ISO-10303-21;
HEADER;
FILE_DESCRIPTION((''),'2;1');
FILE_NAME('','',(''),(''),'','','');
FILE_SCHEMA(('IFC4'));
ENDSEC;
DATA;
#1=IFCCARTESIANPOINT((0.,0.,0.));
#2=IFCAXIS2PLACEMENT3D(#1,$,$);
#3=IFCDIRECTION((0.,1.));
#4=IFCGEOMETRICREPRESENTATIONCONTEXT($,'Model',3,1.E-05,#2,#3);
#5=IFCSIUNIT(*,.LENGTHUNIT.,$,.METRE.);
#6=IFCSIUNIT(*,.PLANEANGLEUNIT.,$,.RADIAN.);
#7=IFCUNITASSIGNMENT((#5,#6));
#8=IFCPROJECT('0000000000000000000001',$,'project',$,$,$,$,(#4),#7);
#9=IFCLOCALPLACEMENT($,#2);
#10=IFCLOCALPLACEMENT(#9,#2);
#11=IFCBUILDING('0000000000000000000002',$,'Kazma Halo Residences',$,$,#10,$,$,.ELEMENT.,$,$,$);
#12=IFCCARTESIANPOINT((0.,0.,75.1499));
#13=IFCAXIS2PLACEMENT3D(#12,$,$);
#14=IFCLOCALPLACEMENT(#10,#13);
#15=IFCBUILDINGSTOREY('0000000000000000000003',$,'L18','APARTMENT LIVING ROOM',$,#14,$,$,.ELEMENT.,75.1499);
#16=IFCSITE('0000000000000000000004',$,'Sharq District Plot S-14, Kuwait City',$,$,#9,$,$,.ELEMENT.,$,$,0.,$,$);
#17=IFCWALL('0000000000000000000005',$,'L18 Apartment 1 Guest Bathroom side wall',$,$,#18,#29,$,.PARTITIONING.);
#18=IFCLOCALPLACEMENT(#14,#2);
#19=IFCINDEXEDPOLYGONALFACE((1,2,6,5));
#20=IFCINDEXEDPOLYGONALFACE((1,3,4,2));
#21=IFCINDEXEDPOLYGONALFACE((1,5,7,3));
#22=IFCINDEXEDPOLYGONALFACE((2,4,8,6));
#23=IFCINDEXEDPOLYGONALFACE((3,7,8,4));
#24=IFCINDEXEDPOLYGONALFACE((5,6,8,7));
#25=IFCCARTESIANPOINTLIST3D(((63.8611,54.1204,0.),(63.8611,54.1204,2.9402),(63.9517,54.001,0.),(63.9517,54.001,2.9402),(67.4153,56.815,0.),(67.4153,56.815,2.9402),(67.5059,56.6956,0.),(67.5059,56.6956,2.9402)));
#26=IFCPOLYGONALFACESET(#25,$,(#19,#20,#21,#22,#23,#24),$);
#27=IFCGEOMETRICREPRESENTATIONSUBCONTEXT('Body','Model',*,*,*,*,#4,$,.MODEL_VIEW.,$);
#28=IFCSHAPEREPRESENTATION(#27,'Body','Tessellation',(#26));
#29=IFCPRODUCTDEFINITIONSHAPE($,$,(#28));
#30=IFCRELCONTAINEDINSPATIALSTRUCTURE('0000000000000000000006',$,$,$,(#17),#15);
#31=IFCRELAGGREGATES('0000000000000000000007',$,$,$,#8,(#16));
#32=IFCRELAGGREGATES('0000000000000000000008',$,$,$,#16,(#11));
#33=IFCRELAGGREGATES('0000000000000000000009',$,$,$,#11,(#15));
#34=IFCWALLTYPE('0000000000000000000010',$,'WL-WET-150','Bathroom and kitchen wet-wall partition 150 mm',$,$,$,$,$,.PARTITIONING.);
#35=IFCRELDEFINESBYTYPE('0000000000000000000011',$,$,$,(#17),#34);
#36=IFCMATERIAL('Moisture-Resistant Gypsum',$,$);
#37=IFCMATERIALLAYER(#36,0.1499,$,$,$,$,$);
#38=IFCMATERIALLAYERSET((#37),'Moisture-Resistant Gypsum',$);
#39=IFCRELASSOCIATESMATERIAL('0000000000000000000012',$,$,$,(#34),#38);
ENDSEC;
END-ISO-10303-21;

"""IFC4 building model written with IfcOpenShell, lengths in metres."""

from ifc_helpers import new_model, si_unit, direction, frame, frame_2d, origin, place, context, subcontext, project, spatial, rectangle, extrude, material, layer, layer_set, type_object, element, save


model = new_model("IFC4")

# Units and contexts
model_context = context("Model", 3, precision=1e-05, world=origin(), true_north=direction((0.0, 1.0)))
body_context = subcontext(model_context, "Body", "Model", "MODEL_VIEW")
ifc_project = project(units=[si_unit("LENGTHUNIT", "METRE"), si_unit("PLANEANGLEUNIT", "RADIAN")], contexts=[model_context])

# Site, building, storey
site_placement = place(None, origin())
site = spatial("IfcSite", under=ifc_project, at=site_placement, Name="Sharq District Plot S-14, Kuwait City", CompositionType="ELEMENT", RefElevation=0.0)
building_placement = place(site_placement, origin())
building = spatial("IfcBuilding", under=site, at=building_placement, Name="Kazma Halo Residences", CompositionType="ELEMENT")
storey_placement = place(building_placement, frame((0.0, 0.0, 75.1499)))
storey = spatial("IfcBuildingStorey", under=building, at=storey_placement, Name="L18", Description="APARTMENT LIVING ROOM", CompositionType="ELEMENT", Elevation=75.1499)

# Shared definitions
ifc_material_1 = material(Name="Moisture-Resistant Gypsum")
ifc_layer_1 = layer(ifc_material_1, 0.1499)
ifc_layer_set_1 = layer_set([ifc_layer_1], Name="Moisture-Resistant Gypsum")
wall_type_1 = type_object("IfcWallType", Name="WL-WET-150", Description="Bathroom and kitchen wet-wall partition 150 mm", PredefinedType="PARTITIONING", material=ifc_layer_set_1)

# Wall
wall_1_placement = place(storey_placement, frame((63.9065, 54.0608, 0.0), z_axis=(0.0, 0.0, 1.0), x_axis=(0.796876, 0.604143, 0.0)))
element("IfcWall", 1, at=wall_1_placement, inside=storey, type_object=wall_type_1, Name="L18 Apartment 1 Guest Bathroom side wall", PredefinedType="PARTITIONING", context=body_context, shape_type="SweptSolid", body=[
    extrude(rectangle(XDim=4.4602, YDim=0.1499, at=frame_2d((2.23, 0.0))), origin(), (0.0, 0.0, 1.0), 2.9402),
])

save(model, "model.ifc")
